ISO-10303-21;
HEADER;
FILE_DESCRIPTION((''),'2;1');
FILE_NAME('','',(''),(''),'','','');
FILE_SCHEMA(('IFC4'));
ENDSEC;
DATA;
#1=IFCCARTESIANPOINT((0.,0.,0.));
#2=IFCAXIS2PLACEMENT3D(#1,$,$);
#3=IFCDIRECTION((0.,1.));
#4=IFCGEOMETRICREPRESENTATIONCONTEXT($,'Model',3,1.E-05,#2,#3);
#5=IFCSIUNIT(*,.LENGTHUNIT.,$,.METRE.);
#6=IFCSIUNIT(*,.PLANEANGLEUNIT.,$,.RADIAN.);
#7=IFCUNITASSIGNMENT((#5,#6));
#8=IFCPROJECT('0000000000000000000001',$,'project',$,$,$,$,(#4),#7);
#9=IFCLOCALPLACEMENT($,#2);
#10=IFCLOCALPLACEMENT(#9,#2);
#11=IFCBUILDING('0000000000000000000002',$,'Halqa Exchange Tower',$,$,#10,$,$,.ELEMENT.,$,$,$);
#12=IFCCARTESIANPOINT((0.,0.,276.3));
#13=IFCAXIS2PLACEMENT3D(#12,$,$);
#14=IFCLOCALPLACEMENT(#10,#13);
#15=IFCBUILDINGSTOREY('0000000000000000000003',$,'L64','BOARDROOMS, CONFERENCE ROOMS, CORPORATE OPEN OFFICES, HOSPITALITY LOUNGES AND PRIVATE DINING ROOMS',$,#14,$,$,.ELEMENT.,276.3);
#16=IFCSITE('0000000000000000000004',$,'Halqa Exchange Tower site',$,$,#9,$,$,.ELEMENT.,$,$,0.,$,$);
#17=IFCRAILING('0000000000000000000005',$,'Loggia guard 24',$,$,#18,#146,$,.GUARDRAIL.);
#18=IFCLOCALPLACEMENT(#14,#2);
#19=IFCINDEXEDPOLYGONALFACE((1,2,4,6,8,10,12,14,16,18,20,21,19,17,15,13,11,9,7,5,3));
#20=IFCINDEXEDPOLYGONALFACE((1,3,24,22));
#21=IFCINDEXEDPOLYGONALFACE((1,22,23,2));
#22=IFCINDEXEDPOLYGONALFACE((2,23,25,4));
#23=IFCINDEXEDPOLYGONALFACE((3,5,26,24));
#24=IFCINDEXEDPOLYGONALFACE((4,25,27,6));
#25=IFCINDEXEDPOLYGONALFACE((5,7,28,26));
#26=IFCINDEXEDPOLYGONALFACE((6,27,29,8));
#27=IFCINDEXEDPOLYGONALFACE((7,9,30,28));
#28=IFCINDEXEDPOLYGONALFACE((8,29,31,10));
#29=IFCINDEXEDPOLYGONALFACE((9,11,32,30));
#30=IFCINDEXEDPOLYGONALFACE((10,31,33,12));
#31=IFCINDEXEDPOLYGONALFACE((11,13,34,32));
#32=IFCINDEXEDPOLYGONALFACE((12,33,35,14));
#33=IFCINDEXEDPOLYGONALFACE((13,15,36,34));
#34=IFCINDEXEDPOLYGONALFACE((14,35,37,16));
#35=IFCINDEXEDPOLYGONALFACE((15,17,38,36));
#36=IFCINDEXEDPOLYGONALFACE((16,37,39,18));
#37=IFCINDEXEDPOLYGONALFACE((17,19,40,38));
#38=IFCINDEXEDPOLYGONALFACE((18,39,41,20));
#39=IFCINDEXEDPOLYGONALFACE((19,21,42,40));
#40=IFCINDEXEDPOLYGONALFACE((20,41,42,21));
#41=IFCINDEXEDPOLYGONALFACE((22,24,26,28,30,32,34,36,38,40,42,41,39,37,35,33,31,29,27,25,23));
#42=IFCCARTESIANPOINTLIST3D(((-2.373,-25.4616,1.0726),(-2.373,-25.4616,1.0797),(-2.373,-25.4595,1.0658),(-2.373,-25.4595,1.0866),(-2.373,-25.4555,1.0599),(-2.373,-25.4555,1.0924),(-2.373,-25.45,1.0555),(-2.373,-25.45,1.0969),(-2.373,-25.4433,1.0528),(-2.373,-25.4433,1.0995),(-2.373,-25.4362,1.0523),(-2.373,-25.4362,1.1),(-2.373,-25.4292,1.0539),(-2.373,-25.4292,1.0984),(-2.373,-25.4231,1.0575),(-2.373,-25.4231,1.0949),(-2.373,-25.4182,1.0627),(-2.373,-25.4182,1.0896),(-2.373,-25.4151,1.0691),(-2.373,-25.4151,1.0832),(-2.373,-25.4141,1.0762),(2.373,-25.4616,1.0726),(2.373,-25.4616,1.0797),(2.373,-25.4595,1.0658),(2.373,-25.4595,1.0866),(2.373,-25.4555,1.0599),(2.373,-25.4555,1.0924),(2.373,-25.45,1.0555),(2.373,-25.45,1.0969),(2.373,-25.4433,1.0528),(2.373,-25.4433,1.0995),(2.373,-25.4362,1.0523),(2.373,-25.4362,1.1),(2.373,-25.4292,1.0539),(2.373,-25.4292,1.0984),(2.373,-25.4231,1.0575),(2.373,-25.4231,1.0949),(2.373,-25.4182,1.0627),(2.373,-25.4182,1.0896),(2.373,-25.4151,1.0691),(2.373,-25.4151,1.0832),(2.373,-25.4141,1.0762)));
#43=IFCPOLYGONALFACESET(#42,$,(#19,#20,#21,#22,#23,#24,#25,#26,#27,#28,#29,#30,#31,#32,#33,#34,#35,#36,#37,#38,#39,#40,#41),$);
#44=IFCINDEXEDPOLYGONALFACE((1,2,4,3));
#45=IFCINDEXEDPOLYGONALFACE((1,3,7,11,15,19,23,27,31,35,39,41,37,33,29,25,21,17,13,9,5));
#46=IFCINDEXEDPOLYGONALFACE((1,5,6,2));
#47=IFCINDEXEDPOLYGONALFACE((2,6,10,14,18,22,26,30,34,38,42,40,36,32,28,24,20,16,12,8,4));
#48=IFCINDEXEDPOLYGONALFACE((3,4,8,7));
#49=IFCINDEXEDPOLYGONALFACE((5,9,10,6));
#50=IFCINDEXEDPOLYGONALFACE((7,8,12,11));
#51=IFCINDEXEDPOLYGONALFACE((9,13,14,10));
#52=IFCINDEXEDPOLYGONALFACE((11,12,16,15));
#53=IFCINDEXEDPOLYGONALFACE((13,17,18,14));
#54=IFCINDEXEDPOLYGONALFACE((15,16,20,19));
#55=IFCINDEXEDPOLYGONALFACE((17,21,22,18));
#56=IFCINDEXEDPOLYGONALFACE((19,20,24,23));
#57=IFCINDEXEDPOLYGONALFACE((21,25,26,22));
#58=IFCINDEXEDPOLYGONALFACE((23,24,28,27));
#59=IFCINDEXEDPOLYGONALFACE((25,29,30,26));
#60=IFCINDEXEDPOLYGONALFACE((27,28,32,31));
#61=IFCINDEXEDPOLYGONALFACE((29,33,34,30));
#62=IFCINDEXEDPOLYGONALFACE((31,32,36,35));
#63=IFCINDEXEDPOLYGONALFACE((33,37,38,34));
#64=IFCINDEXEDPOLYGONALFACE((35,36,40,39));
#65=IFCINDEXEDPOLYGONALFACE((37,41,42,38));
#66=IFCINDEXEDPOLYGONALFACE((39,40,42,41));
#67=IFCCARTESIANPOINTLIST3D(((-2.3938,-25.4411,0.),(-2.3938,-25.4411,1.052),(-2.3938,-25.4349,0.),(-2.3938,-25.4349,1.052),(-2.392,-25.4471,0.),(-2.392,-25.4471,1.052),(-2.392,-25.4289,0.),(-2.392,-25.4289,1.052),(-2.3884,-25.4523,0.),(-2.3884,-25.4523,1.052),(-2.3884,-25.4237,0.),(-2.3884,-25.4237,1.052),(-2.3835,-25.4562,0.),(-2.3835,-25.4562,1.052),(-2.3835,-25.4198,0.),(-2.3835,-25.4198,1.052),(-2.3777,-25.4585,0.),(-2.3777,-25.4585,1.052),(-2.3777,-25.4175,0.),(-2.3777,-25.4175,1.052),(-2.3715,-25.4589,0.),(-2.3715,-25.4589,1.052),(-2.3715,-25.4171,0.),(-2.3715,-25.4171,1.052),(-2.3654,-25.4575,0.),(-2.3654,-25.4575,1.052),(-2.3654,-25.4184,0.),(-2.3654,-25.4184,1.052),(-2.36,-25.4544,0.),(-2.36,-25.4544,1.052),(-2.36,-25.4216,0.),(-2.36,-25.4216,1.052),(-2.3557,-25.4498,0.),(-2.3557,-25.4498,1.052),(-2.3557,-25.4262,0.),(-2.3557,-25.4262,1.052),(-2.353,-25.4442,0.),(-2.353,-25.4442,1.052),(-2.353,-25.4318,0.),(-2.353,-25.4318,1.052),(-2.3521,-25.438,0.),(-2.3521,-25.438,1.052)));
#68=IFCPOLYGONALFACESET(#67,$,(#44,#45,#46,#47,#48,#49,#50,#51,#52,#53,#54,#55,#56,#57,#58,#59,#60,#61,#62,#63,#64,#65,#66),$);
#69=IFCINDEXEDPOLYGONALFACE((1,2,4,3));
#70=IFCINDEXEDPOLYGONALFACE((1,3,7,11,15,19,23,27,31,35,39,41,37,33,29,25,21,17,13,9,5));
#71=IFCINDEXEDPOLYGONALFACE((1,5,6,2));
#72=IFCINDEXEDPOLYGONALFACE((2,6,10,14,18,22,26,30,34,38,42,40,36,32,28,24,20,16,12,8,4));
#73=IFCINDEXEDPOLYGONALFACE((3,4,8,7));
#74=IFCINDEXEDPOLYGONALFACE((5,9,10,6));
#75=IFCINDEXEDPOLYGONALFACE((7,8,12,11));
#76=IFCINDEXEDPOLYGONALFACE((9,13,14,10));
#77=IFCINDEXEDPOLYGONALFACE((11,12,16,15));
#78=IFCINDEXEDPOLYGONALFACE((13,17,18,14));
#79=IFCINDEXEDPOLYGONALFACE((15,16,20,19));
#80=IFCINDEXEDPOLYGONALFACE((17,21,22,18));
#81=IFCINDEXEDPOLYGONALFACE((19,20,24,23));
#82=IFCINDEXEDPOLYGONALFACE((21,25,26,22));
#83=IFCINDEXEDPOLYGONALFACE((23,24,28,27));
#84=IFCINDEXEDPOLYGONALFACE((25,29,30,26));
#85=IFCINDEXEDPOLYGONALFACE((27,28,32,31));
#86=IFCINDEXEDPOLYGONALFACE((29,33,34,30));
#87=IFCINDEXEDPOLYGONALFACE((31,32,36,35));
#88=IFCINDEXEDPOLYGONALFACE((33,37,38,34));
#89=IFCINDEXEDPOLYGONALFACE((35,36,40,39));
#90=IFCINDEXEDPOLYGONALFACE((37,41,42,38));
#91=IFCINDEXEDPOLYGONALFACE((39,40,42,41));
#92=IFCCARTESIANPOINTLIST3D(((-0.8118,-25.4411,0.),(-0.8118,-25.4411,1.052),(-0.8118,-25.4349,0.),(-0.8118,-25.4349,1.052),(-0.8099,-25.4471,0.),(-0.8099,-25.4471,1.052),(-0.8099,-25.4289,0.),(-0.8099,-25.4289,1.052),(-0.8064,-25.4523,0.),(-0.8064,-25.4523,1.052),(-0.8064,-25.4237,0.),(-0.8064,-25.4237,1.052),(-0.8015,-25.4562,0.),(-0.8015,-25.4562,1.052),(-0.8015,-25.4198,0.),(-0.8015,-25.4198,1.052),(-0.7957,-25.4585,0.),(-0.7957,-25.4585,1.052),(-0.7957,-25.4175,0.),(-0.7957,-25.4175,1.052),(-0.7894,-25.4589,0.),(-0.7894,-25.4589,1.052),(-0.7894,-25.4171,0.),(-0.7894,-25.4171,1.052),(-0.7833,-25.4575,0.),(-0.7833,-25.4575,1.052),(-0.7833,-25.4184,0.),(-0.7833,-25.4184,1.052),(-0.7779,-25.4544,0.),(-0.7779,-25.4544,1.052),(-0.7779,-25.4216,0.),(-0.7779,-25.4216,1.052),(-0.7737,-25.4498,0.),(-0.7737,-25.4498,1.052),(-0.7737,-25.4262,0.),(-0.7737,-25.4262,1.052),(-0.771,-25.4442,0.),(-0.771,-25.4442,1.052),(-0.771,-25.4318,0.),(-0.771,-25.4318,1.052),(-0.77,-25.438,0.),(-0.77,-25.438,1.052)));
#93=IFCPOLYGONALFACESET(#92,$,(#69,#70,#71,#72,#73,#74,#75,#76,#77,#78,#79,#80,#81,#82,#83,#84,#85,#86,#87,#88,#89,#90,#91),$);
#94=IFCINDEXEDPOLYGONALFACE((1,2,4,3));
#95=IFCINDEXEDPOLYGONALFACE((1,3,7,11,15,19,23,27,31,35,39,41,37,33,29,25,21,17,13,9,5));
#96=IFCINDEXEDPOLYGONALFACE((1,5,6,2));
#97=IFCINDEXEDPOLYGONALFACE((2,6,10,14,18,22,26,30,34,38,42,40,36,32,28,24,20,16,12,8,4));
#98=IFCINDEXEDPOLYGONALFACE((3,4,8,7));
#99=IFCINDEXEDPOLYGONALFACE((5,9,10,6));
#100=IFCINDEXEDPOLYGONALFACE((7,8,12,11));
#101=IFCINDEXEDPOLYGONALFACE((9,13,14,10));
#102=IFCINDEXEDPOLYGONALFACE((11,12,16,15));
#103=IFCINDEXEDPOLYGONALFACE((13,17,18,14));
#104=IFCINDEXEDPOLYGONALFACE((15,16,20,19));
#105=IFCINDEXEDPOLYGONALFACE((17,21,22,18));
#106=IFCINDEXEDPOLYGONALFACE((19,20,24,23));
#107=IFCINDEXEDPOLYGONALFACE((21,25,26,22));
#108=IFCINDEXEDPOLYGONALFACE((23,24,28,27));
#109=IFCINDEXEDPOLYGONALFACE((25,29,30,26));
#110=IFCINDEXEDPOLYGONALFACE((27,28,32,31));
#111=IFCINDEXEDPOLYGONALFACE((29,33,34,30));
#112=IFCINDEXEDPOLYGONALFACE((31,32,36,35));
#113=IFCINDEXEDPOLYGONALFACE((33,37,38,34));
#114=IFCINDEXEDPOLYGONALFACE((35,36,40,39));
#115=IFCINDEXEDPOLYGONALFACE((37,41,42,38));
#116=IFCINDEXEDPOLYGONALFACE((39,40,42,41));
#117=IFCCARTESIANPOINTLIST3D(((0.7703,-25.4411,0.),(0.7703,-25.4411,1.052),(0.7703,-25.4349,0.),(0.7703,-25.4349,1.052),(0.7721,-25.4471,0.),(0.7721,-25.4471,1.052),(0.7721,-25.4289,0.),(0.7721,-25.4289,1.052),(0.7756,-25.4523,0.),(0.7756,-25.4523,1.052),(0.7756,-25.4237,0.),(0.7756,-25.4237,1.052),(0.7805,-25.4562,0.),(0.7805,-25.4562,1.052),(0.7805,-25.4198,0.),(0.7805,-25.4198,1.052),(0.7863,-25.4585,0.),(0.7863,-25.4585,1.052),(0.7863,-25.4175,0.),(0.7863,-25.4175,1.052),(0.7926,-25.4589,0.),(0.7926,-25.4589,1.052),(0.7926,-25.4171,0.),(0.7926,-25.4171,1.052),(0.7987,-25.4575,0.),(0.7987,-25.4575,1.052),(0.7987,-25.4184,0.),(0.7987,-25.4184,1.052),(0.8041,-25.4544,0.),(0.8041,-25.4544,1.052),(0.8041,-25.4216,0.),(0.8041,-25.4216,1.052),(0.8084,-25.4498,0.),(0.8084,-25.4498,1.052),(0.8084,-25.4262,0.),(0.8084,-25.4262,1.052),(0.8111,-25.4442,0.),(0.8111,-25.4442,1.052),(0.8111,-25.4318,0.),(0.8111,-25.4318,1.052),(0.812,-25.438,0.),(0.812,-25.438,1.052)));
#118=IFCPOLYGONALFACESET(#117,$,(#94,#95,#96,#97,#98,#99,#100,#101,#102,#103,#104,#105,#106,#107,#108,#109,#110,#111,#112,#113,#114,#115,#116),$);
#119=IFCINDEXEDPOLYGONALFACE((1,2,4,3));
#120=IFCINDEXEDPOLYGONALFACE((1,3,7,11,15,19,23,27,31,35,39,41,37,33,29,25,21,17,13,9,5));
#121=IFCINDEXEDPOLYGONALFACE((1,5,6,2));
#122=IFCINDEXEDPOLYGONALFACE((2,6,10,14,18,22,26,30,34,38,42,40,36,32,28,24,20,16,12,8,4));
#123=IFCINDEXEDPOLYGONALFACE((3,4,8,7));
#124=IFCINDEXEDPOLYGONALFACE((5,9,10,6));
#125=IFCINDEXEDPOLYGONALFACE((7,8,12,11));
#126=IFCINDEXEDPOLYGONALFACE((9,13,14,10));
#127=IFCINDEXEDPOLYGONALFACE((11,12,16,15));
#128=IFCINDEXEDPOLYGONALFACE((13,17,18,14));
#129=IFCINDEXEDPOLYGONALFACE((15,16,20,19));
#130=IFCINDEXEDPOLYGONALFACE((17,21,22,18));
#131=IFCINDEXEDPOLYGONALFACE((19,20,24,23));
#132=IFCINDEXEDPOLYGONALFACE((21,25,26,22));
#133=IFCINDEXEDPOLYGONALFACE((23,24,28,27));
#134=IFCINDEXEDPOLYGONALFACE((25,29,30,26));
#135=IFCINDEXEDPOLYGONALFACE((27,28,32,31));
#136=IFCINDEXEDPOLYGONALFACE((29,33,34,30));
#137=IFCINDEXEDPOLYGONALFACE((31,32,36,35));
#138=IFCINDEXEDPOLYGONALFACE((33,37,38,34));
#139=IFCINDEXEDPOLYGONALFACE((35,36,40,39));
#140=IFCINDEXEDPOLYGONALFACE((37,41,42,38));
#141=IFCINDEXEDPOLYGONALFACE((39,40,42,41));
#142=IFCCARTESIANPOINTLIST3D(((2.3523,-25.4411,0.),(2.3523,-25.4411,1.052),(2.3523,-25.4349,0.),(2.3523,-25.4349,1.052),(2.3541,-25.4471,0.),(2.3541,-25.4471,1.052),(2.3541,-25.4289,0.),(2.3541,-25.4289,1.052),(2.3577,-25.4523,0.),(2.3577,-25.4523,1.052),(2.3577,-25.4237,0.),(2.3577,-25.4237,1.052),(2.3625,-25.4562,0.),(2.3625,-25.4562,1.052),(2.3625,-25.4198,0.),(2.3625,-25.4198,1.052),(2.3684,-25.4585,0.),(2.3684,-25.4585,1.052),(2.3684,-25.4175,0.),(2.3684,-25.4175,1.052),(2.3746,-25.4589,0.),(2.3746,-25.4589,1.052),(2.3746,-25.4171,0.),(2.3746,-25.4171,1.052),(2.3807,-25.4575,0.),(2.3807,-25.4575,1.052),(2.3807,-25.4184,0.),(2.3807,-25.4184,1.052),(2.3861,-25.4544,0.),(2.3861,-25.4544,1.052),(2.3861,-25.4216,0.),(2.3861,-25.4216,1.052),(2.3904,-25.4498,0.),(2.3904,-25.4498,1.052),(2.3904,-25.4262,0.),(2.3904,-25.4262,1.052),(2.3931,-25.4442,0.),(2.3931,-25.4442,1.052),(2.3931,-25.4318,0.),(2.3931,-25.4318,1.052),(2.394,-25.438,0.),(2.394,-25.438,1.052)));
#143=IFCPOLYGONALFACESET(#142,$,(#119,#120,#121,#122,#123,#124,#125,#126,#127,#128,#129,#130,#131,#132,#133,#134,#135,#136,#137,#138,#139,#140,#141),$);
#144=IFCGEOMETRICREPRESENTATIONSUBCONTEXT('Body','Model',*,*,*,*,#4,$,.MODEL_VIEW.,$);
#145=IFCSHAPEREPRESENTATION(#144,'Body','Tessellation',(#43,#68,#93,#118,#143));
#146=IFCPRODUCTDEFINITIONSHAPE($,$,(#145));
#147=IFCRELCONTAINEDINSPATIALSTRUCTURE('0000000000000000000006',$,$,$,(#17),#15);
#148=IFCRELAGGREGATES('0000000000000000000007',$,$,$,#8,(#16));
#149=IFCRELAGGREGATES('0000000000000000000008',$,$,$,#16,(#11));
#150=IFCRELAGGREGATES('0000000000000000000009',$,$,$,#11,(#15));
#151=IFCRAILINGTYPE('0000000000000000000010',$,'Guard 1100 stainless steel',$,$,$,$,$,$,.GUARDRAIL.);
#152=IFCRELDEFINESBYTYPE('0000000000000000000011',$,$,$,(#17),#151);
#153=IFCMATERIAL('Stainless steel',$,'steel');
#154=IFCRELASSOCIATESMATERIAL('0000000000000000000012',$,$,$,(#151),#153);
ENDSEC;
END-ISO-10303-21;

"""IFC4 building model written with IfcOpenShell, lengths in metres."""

from ifc_helpers import new_model, si_unit, direction, frame, origin, origin_2d, place, context, subcontext, project, spatial, circle, extrude, material, type_object, element, save


model = new_model("IFC4")

# Units and contexts
model_context = context("Model", 3, precision=1e-05, world=origin(), true_north=direction((0.0, 1.0)))
body_context = subcontext(model_context, "Body", "Model", "MODEL_VIEW")
ifc_project = project(units=[si_unit("LENGTHUNIT", "METRE"), si_unit("PLANEANGLEUNIT", "RADIAN")], contexts=[model_context])

# Site, building, storey
site_placement = place(None, origin())
site = spatial("IfcSite", under=ifc_project, at=site_placement, Name="Halqa Exchange Tower site", CompositionType="ELEMENT", RefElevation=0.0)
building_placement = place(site_placement, origin())
building = spatial("IfcBuilding", under=site, at=building_placement, Name="Halqa Exchange Tower", CompositionType="ELEMENT")
storey_placement = place(building_placement, frame((0.0, 0.0, 276.3)))
storey = spatial("IfcBuildingStorey", under=building, at=storey_placement, Name="L64", Description="BOARDROOMS, CONFERENCE ROOMS, CORPORATE OPEN OFFICES, HOSPITALITY LOUNGES AND PRIVATE DINING ROOMS", CompositionType="ELEMENT", Elevation=276.3)

# Railing
ifc_material_1 = material(Name="Stainless steel", Category="steel")
railing_type = type_object("IfcRailingType", Name="Guard 1100 stainless steel", PredefinedType="GUARDRAIL", material=ifc_material_1)
railing_1_placement = place(storey_placement, frame((-2.373, -25.438, 0.0)))
element("IfcRailing", 1, at=railing_1_placement, inside=storey, type_object=railing_type, Name="Loggia guard 24", PredefinedType="GUARDRAIL", context=body_context, shape_type="SweptSolid", body=[
    extrude(circle(Radius=0.0239, at=origin_2d()), frame((0.0, 0.0, 1.0762), z_axis=(1.0, 0.0, 0.0), x_axis=(0.0, 1.0, 0.0)), (0.0, 0.0, 1.0), 4.7461),
    extrude(circle(Radius=0.021, at=origin_2d()), origin(), (0.0, 0.0, 1.0), 1.052),
    extrude(circle(Radius=0.021, at=origin_2d()), frame((1.582, 0.0, 0.0)), (0.0, 0.0, 1.0), 1.052),
    extrude(circle(Radius=0.021, at=origin_2d()), frame((3.1641, 0.0, 0.0)), (0.0, 0.0, 1.0), 1.052),
    extrude(circle(Radius=0.021, at=origin_2d()), frame((4.7461, 0.0, 0.0)), (0.0, 0.0, 1.0), 1.052),
])

save(model, "model.ifc")
